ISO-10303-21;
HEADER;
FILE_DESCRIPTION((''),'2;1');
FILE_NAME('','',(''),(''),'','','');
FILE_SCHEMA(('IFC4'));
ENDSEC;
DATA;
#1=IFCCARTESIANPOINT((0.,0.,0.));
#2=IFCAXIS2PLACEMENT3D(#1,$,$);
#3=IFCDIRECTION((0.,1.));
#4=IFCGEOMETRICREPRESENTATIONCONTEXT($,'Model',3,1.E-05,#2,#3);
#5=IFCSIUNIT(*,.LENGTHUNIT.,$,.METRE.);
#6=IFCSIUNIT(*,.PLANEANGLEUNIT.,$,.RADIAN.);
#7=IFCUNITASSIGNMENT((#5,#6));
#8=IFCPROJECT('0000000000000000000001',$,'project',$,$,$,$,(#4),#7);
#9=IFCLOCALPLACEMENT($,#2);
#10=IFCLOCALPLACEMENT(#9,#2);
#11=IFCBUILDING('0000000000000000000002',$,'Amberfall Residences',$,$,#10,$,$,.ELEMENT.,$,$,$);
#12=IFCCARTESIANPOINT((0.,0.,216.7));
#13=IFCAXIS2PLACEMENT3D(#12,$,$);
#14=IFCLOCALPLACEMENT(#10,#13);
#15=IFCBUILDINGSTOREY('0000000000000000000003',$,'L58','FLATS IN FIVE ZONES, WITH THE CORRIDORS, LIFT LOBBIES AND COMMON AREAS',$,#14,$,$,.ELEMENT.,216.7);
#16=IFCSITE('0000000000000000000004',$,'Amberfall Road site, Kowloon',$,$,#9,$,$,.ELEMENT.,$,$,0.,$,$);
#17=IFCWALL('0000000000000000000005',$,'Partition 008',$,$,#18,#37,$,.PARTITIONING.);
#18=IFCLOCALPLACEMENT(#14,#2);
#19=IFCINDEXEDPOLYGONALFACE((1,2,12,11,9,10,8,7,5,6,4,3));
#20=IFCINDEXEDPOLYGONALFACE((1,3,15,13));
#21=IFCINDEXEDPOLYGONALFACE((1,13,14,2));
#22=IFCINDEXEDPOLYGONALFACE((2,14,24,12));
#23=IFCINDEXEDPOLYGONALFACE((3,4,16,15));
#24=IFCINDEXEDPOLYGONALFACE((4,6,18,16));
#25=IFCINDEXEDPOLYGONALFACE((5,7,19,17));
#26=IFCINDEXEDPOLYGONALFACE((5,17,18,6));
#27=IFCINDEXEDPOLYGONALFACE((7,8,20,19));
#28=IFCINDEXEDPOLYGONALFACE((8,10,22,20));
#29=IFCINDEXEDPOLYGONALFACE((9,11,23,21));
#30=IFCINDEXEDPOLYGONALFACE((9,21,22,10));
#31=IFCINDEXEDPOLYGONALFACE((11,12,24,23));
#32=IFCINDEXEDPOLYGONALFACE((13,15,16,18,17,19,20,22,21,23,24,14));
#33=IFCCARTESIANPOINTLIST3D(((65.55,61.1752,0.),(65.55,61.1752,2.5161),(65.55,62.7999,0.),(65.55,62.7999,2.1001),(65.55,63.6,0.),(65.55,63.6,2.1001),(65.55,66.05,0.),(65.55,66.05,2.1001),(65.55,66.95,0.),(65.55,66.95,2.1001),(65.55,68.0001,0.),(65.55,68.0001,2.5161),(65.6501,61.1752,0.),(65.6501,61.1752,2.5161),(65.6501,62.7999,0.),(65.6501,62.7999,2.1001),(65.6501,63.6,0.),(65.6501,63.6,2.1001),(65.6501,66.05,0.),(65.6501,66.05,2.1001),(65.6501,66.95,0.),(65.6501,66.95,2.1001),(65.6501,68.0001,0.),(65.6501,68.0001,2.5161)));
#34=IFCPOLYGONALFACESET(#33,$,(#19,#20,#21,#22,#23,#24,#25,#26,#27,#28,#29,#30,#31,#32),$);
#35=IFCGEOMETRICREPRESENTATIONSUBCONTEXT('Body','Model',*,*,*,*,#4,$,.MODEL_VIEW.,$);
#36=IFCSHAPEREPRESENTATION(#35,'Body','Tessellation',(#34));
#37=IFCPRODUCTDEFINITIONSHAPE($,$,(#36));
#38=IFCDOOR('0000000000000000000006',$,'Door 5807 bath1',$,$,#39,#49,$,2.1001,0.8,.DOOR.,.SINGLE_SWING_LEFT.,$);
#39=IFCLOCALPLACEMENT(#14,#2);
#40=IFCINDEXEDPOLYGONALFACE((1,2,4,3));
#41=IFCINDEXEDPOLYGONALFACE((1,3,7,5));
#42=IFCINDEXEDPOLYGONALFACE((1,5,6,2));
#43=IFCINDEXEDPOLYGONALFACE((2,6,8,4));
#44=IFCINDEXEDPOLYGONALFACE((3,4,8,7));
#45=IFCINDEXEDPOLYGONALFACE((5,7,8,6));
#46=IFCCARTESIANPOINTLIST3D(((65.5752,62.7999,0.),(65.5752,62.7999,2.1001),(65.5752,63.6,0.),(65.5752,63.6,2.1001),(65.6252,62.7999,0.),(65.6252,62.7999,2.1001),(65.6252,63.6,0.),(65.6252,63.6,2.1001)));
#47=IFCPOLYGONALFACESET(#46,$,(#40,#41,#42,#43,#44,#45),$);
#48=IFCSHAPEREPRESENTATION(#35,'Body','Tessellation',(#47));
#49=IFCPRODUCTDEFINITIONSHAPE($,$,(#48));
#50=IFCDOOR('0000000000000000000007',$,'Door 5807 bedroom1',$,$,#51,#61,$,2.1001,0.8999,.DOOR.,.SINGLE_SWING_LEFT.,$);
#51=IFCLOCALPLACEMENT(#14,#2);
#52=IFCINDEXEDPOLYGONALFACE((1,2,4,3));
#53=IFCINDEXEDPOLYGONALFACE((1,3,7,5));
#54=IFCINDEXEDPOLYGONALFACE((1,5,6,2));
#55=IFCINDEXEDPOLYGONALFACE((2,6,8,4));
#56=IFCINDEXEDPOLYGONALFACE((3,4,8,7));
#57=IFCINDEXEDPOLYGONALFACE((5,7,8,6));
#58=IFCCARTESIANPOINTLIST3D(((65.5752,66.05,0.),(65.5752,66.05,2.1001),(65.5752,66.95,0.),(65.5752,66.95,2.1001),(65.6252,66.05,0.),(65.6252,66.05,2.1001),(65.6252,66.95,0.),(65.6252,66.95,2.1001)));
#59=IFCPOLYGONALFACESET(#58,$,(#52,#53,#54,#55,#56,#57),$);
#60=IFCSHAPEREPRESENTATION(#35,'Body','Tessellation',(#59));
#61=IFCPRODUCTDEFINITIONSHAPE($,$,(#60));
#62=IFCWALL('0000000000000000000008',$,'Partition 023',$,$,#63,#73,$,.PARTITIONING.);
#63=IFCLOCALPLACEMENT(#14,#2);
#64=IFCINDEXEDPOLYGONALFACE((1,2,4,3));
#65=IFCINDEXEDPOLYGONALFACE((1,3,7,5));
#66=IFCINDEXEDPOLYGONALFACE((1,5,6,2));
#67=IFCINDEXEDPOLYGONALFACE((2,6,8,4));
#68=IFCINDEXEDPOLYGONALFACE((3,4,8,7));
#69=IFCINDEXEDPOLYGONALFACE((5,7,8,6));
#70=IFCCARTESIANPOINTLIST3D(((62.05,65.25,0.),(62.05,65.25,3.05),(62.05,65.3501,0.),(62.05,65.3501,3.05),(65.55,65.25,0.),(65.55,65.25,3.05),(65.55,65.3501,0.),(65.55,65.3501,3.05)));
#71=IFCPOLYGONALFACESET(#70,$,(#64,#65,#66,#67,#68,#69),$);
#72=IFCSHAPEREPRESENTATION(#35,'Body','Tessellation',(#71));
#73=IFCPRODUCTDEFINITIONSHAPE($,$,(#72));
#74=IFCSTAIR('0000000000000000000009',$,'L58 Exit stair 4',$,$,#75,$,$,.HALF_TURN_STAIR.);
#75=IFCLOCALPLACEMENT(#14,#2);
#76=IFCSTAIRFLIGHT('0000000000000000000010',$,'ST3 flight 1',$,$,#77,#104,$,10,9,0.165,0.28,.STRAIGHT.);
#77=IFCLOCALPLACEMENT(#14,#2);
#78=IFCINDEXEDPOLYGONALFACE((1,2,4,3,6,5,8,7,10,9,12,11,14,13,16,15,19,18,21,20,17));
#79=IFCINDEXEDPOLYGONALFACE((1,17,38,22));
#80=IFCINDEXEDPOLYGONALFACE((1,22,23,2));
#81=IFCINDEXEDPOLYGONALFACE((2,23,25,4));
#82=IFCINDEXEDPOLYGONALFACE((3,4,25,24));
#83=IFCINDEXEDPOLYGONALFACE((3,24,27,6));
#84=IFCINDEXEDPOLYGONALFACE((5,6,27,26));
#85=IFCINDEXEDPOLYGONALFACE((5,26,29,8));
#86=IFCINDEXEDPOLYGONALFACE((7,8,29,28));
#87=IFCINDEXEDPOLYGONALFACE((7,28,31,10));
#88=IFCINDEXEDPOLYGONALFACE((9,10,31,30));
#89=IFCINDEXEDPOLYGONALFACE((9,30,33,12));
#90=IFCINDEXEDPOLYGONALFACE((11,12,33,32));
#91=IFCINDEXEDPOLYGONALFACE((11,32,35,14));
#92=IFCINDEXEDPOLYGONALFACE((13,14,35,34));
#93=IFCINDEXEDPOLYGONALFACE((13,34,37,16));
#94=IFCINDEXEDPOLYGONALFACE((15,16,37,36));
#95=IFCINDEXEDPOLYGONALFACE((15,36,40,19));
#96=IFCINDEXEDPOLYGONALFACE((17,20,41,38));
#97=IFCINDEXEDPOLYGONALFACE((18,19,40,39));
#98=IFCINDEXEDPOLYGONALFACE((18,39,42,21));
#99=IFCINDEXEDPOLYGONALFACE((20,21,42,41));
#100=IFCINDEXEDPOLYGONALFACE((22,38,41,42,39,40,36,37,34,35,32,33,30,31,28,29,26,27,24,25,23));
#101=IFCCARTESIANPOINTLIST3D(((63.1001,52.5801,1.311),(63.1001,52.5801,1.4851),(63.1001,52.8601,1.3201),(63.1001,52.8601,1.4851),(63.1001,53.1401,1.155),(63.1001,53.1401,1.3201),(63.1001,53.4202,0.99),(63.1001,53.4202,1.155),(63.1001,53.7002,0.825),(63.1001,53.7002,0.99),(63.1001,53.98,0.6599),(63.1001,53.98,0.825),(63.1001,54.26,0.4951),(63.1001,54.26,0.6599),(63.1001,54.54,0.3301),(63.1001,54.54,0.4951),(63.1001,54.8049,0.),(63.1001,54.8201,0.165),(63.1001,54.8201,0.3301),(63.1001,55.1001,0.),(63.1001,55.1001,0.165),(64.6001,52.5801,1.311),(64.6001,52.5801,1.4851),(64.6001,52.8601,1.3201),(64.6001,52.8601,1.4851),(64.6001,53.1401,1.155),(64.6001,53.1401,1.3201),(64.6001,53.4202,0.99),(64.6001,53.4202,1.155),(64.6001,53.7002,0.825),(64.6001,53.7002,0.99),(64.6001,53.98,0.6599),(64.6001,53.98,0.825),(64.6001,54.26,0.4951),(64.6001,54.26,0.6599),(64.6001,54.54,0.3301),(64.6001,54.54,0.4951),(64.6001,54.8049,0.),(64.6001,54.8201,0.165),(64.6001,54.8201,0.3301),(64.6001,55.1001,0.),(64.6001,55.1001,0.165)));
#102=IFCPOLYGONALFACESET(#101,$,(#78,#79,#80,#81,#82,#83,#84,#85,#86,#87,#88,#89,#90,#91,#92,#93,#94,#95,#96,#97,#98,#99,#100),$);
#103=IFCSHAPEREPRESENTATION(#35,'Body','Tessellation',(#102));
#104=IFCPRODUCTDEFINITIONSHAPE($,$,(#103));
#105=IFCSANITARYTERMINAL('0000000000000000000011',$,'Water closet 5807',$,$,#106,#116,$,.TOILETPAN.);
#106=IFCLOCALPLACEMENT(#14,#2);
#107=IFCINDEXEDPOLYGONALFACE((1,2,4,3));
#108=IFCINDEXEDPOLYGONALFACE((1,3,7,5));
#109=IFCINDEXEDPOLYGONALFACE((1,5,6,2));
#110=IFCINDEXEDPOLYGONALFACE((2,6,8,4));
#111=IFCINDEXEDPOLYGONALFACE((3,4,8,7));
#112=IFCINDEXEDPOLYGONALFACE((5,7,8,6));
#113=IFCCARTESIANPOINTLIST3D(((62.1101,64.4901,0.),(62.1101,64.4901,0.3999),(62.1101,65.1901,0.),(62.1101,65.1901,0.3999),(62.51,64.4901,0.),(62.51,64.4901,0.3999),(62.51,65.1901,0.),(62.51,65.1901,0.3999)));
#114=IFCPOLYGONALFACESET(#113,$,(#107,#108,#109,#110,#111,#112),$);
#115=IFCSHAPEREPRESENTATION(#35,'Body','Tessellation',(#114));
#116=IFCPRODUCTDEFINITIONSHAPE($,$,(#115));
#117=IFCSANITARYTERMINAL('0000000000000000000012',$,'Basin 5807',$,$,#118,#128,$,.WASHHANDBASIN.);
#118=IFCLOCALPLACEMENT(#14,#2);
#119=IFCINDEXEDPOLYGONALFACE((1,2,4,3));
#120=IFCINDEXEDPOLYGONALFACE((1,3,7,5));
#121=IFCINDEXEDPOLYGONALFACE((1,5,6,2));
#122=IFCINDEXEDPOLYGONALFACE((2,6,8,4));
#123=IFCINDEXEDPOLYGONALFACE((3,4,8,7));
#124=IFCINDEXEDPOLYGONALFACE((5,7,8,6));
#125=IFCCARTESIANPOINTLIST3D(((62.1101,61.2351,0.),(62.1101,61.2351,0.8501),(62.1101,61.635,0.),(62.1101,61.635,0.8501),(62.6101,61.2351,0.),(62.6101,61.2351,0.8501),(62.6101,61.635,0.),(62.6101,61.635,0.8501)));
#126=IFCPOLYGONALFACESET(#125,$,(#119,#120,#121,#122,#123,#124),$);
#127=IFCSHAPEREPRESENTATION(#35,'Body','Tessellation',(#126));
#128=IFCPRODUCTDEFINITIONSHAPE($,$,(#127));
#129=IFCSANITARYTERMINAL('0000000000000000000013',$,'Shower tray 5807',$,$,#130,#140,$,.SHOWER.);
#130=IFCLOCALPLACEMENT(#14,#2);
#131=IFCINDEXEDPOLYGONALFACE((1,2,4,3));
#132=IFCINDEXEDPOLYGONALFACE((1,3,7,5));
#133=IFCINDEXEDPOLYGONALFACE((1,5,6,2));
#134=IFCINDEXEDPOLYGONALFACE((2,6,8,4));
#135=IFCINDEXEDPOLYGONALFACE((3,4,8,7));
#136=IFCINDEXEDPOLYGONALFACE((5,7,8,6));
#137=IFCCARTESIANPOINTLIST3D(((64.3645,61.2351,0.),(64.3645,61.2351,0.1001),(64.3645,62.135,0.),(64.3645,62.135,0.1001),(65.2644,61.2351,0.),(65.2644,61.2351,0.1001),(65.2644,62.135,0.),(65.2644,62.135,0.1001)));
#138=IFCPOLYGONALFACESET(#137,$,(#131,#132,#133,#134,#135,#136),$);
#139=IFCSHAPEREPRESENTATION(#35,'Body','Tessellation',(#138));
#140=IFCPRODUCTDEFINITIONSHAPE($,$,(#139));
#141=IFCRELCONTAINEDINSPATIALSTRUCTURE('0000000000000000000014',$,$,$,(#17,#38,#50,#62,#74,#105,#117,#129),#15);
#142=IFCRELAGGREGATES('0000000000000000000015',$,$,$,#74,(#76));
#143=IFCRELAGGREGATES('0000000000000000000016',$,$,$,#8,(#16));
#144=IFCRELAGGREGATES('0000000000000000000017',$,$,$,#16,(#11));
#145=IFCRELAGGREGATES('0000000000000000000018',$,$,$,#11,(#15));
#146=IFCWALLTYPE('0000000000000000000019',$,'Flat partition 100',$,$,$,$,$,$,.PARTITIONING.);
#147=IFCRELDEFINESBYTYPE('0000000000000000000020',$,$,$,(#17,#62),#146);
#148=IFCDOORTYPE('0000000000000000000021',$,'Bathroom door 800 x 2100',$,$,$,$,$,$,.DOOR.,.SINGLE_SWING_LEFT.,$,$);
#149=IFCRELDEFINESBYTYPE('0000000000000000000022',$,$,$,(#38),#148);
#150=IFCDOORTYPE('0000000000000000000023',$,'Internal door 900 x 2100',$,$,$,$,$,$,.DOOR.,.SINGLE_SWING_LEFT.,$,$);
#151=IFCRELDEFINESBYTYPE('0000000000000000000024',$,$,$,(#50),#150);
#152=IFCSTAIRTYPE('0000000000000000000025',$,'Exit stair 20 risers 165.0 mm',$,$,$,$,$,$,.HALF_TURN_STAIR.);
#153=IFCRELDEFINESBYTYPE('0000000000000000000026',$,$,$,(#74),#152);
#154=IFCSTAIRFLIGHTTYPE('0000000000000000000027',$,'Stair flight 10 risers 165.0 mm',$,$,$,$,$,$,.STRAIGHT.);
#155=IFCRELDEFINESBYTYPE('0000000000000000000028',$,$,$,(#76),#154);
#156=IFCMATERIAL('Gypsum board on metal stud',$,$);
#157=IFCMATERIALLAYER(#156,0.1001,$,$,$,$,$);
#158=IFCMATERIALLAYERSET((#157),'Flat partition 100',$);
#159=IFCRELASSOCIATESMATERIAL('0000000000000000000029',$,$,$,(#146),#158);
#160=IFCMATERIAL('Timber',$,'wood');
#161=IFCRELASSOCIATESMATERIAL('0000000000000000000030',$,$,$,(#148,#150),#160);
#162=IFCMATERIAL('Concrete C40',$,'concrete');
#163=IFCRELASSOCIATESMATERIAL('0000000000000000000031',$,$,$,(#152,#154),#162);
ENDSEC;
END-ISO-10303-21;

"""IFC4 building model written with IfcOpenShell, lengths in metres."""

from ifc_helpers import new_model, si_unit, direction, frame, frame_2d, origin, origin_2d, place, context, subcontext, project, spatial, polyline, rectangle, outline, extrude, material, layer, layer_set, type_object, element, fill, aggregate, save


model = new_model("IFC4")

# Units and contexts
model_context = context("Model", 3, precision=1e-05, world=origin(), true_north=direction((0.0, 1.0)))
body_context = subcontext(model_context, "Body", "Model", "MODEL_VIEW")
ifc_project = project(units=[si_unit("LENGTHUNIT", "METRE"), si_unit("PLANEANGLEUNIT", "RADIAN")], contexts=[model_context])

# Site, building, storey
site_placement = place(None, origin())
site = spatial("IfcSite", under=ifc_project, at=site_placement, Name="Amberfall Road site, Kowloon", CompositionType="ELEMENT", RefElevation=0.0)
building_placement = place(site_placement, origin())
building = spatial("IfcBuilding", under=site, at=building_placement, Name="Amberfall Residences", CompositionType="ELEMENT")
storey_placement = place(building_placement, frame((0.0, 0.0, 216.7)))
storey = spatial("IfcBuildingStorey", under=building, at=storey_placement, Name="L58", Description="FLATS IN FIVE ZONES, WITH THE CORRIDORS, LIFT LOBBIES AND COMMON AREAS", CompositionType="ELEMENT", Elevation=216.7)

# Shared definitions
ifc_material_1 = material(Name="Gypsum board on metal stud")
ifc_layer_1 = layer(ifc_material_1, 0.1001)
ifc_layer_set_1 = layer_set([ifc_layer_1], Name="Flat partition 100")
wall_type_1 = type_object("IfcWallType", Name="Flat partition 100", PredefinedType="PARTITIONING", material=ifc_layer_set_1)

# Wall, openings, doors
wall_1_placement = place(storey_placement, frame((65.6001, 61.175, 0.0), z_axis=(0.0, 0.0, 1.0), x_axis=(0.0, 1.0, 0.0)))
wall_1 = element("IfcWall", 1, at=wall_1_placement, inside=storey, type_object=wall_type_1, Name="Partition 008", PredefinedType="PARTITIONING", context=body_context, shape_type="SweptSolid", body=[
    extrude(rectangle(XDim=6.825, YDim=0.1001, at=frame_2d((3.4126, 0.0))), origin(), (0.0, 0.0, 1.0), 2.5161),
])
opening_1_placement = place(wall_1_placement, frame((4.875, 0.0, 0.0)))
opening_1 = element("IfcOpeningElement", 2, at=opening_1_placement, cuts=wall_1, PredefinedType="OPENING", context=body_context, shape_type="SweptSolid", body=[
    extrude(rectangle(XDim=0.8999, YDim=2.1001, at=frame_2d((0.45, 1.05))), frame((0.0, 0.0601, 0.0), z_axis=(0.0, -1.0, 0.0), x_axis=(1.0, 0.0, 0.0)), (0.0, 0.0, 1.0), 0.1201),
])
opening_2_placement = place(wall_1_placement, frame((1.625, 0.0, 0.0)))
opening_2 = element("IfcOpeningElement", 3, at=opening_2_placement, cuts=wall_1, PredefinedType="OPENING", context=body_context, shape_type="SweptSolid", body=[
    extrude(rectangle(XDim=0.8, YDim=2.1001, at=frame_2d((0.3999, 1.05))), frame((0.0, 0.0601, 0.0), z_axis=(0.0, -1.0, 0.0), x_axis=(1.0, 0.0, 0.0)), (0.0, 0.0, 1.0), 0.1201),
])
ifc_material_2 = material(Name="Timber", Category="wood")
door_type_1 = type_object("IfcDoorType", Name="Bathroom door 800 x 2100", OperationType="SINGLE_SWING_LEFT", PredefinedType="DOOR", material=ifc_material_2)
door_1_placement = place(opening_2_placement, origin())
door_1 = element("IfcDoor", 4, at=door_1_placement, inside=storey, type_object=door_type_1, Name="Door 5807 bath1", OperationType="SINGLE_SWING_LEFT", OverallHeight=2.1001, OverallWidth=0.8, PredefinedType="DOOR", context=body_context, shape_type="SweptSolid", body=[
    extrude(rectangle(XDim=0.8, YDim=2.1001, at=frame_2d((0.3999, 1.05))), frame((0.0, 0.0249, 0.0), z_axis=(0.0, -1.0, 0.0), x_axis=(1.0, 0.0, 0.0)), (0.0, 0.0, 1.0), 0.05),
])
fill(opening_2, door_1)
door_type_2 = type_object("IfcDoorType", Name="Internal door 900 x 2100", OperationType="SINGLE_SWING_LEFT", PredefinedType="DOOR", material=ifc_material_2)
door_2_placement = place(opening_1_placement, origin())
door_2 = element("IfcDoor", 5, at=door_2_placement, inside=storey, type_object=door_type_2, Name="Door 5807 bedroom1", OperationType="SINGLE_SWING_LEFT", OverallHeight=2.1001, OverallWidth=0.8999, PredefinedType="DOOR", context=body_context, shape_type="SweptSolid", body=[
    extrude(rectangle(XDim=0.8999, YDim=2.1001, at=frame_2d((0.45, 1.05))), frame((0.0, 0.0249, 0.0), z_axis=(0.0, -1.0, 0.0), x_axis=(1.0, 0.0, 0.0)), (0.0, 0.0, 1.0), 0.05),
])
fill(opening_1, door_2)

# Wall
wall_2_placement = place(storey_placement, frame((62.05, 65.3, 0.0), z_axis=(0.0, 0.0, 1.0), x_axis=(1.0, 0.0, 0.0)))
element("IfcWall", 6, at=wall_2_placement, inside=storey, type_object=wall_type_1, Name="Partition 023", PredefinedType="PARTITIONING", context=body_context, shape_type="SweptSolid", body=[
    extrude(rectangle(XDim=3.5, YDim=0.1001, at=frame_2d((1.75, 0.0))), origin(), (0.0, 0.0, 1.0), 3.05),
])

# Stair, stair flight
ifc_material_3 = material(Name="Concrete C40", Category="concrete")
stair_type = type_object("IfcStairType", Name="Exit stair 20 risers 165.0 mm", PredefinedType="HALF_TURN_STAIR", material=ifc_material_3)
stair_placement = place(storey_placement, origin())
stair = element("IfcStair", 7, at=stair_placement, inside=storey, type_object=stair_type, Name="L58 Exit stair 4", PredefinedType="HALF_TURN_STAIR")
stair_flight_type = type_object("IfcStairFlightType", Name="Stair flight 10 risers 165.0 mm", PredefinedType="STRAIGHT", material=ifc_material_3)
stair_flight_placement = place(storey_placement, frame((63.8501, 55.1001, 0.0), z_axis=(0.0, 0.0, 1.0), x_axis=(0.0, -1.0, 0.0)))
stair_flight = element("IfcStairFlight", 8, at=stair_flight_placement, type_object=stair_flight_type, Name="ST3 flight 1", NumberOfRisers=10, NumberOfTreads=9, PredefinedType="STRAIGHT", RiserHeight=0.165, TreadLength=0.28, context=body_context, shape_type="SweptSolid", body=[
    extrude(outline(polyline([(0.0, 0.0), (0.0, 0.165), (0.28, 0.165), (0.28, 0.3301), (0.5601, 0.3301), (0.5601, 0.4951), (0.8401, 0.4951), (0.8401, 0.6599), (1.1201, 0.6599), (1.1201, 0.825), (1.3999, 0.825), (1.3999, 0.99), (1.6799, 0.99), (1.6799, 1.155), (1.96, 1.155), (1.96, 1.3201), (2.24, 1.3201), (2.24, 1.4851), (2.52, 1.4851), (2.52, 1.6499), (2.52, 1.311), (0.2952, 0.0), (0.0, 0.0)])), frame((0.0, 0.75, 0.0), z_axis=(0.0, -1.0, 0.0), x_axis=(1.0, 0.0, 0.0)), (0.0, 0.0, 1.0), 1.5),
])
aggregate(stair, [stair_flight])

# Sanitary terminals
sanitary_terminal_1_placement = place(storey_placement, frame((62.3101, 64.8401, 0.0), z_axis=(0.0, 0.0, 1.0), x_axis=(1.0, 0.0, 0.0)))
element("IfcSanitaryTerminal", 9, at=sanitary_terminal_1_placement, inside=storey, Name="Water closet 5807", PredefinedType="TOILETPAN", context=body_context, shape_type="SweptSolid", body=[
    extrude(rectangle(XDim=0.3999, YDim=0.7, at=origin_2d()), origin(), (0.0, 0.0, 1.0), 0.3999),
])
sanitary_terminal_2_placement = place(storey_placement, frame((62.3601, 61.4351, 0.0), z_axis=(0.0, 0.0, 1.0), x_axis=(1.0, 0.0, 0.0)))
element("IfcSanitaryTerminal", 10, at=sanitary_terminal_2_placement, inside=storey, Name="Basin 5807", PredefinedType="WASHHANDBASIN", context=body_context, shape_type="SweptSolid", body=[
    extrude(rectangle(XDim=0.5, YDim=0.3999, at=origin_2d()), origin(), (0.0, 0.0, 1.0), 0.8501),
])
sanitary_terminal_3_placement = place(storey_placement, frame((64.8145, 61.6851, 0.0), z_axis=(0.0, 0.0, 1.0), x_axis=(1.0, 0.0, 0.0)))
element("IfcSanitaryTerminal", 11, at=sanitary_terminal_3_placement, inside=storey, Name="Shower tray 5807", PredefinedType="SHOWER", context=body_context, shape_type="SweptSolid", body=[
    extrude(rectangle(XDim=0.8999, YDim=0.8999, at=origin_2d()), origin(), (0.0, 0.0, 1.0), 0.1001),
])

save(model, "model.ifc")
